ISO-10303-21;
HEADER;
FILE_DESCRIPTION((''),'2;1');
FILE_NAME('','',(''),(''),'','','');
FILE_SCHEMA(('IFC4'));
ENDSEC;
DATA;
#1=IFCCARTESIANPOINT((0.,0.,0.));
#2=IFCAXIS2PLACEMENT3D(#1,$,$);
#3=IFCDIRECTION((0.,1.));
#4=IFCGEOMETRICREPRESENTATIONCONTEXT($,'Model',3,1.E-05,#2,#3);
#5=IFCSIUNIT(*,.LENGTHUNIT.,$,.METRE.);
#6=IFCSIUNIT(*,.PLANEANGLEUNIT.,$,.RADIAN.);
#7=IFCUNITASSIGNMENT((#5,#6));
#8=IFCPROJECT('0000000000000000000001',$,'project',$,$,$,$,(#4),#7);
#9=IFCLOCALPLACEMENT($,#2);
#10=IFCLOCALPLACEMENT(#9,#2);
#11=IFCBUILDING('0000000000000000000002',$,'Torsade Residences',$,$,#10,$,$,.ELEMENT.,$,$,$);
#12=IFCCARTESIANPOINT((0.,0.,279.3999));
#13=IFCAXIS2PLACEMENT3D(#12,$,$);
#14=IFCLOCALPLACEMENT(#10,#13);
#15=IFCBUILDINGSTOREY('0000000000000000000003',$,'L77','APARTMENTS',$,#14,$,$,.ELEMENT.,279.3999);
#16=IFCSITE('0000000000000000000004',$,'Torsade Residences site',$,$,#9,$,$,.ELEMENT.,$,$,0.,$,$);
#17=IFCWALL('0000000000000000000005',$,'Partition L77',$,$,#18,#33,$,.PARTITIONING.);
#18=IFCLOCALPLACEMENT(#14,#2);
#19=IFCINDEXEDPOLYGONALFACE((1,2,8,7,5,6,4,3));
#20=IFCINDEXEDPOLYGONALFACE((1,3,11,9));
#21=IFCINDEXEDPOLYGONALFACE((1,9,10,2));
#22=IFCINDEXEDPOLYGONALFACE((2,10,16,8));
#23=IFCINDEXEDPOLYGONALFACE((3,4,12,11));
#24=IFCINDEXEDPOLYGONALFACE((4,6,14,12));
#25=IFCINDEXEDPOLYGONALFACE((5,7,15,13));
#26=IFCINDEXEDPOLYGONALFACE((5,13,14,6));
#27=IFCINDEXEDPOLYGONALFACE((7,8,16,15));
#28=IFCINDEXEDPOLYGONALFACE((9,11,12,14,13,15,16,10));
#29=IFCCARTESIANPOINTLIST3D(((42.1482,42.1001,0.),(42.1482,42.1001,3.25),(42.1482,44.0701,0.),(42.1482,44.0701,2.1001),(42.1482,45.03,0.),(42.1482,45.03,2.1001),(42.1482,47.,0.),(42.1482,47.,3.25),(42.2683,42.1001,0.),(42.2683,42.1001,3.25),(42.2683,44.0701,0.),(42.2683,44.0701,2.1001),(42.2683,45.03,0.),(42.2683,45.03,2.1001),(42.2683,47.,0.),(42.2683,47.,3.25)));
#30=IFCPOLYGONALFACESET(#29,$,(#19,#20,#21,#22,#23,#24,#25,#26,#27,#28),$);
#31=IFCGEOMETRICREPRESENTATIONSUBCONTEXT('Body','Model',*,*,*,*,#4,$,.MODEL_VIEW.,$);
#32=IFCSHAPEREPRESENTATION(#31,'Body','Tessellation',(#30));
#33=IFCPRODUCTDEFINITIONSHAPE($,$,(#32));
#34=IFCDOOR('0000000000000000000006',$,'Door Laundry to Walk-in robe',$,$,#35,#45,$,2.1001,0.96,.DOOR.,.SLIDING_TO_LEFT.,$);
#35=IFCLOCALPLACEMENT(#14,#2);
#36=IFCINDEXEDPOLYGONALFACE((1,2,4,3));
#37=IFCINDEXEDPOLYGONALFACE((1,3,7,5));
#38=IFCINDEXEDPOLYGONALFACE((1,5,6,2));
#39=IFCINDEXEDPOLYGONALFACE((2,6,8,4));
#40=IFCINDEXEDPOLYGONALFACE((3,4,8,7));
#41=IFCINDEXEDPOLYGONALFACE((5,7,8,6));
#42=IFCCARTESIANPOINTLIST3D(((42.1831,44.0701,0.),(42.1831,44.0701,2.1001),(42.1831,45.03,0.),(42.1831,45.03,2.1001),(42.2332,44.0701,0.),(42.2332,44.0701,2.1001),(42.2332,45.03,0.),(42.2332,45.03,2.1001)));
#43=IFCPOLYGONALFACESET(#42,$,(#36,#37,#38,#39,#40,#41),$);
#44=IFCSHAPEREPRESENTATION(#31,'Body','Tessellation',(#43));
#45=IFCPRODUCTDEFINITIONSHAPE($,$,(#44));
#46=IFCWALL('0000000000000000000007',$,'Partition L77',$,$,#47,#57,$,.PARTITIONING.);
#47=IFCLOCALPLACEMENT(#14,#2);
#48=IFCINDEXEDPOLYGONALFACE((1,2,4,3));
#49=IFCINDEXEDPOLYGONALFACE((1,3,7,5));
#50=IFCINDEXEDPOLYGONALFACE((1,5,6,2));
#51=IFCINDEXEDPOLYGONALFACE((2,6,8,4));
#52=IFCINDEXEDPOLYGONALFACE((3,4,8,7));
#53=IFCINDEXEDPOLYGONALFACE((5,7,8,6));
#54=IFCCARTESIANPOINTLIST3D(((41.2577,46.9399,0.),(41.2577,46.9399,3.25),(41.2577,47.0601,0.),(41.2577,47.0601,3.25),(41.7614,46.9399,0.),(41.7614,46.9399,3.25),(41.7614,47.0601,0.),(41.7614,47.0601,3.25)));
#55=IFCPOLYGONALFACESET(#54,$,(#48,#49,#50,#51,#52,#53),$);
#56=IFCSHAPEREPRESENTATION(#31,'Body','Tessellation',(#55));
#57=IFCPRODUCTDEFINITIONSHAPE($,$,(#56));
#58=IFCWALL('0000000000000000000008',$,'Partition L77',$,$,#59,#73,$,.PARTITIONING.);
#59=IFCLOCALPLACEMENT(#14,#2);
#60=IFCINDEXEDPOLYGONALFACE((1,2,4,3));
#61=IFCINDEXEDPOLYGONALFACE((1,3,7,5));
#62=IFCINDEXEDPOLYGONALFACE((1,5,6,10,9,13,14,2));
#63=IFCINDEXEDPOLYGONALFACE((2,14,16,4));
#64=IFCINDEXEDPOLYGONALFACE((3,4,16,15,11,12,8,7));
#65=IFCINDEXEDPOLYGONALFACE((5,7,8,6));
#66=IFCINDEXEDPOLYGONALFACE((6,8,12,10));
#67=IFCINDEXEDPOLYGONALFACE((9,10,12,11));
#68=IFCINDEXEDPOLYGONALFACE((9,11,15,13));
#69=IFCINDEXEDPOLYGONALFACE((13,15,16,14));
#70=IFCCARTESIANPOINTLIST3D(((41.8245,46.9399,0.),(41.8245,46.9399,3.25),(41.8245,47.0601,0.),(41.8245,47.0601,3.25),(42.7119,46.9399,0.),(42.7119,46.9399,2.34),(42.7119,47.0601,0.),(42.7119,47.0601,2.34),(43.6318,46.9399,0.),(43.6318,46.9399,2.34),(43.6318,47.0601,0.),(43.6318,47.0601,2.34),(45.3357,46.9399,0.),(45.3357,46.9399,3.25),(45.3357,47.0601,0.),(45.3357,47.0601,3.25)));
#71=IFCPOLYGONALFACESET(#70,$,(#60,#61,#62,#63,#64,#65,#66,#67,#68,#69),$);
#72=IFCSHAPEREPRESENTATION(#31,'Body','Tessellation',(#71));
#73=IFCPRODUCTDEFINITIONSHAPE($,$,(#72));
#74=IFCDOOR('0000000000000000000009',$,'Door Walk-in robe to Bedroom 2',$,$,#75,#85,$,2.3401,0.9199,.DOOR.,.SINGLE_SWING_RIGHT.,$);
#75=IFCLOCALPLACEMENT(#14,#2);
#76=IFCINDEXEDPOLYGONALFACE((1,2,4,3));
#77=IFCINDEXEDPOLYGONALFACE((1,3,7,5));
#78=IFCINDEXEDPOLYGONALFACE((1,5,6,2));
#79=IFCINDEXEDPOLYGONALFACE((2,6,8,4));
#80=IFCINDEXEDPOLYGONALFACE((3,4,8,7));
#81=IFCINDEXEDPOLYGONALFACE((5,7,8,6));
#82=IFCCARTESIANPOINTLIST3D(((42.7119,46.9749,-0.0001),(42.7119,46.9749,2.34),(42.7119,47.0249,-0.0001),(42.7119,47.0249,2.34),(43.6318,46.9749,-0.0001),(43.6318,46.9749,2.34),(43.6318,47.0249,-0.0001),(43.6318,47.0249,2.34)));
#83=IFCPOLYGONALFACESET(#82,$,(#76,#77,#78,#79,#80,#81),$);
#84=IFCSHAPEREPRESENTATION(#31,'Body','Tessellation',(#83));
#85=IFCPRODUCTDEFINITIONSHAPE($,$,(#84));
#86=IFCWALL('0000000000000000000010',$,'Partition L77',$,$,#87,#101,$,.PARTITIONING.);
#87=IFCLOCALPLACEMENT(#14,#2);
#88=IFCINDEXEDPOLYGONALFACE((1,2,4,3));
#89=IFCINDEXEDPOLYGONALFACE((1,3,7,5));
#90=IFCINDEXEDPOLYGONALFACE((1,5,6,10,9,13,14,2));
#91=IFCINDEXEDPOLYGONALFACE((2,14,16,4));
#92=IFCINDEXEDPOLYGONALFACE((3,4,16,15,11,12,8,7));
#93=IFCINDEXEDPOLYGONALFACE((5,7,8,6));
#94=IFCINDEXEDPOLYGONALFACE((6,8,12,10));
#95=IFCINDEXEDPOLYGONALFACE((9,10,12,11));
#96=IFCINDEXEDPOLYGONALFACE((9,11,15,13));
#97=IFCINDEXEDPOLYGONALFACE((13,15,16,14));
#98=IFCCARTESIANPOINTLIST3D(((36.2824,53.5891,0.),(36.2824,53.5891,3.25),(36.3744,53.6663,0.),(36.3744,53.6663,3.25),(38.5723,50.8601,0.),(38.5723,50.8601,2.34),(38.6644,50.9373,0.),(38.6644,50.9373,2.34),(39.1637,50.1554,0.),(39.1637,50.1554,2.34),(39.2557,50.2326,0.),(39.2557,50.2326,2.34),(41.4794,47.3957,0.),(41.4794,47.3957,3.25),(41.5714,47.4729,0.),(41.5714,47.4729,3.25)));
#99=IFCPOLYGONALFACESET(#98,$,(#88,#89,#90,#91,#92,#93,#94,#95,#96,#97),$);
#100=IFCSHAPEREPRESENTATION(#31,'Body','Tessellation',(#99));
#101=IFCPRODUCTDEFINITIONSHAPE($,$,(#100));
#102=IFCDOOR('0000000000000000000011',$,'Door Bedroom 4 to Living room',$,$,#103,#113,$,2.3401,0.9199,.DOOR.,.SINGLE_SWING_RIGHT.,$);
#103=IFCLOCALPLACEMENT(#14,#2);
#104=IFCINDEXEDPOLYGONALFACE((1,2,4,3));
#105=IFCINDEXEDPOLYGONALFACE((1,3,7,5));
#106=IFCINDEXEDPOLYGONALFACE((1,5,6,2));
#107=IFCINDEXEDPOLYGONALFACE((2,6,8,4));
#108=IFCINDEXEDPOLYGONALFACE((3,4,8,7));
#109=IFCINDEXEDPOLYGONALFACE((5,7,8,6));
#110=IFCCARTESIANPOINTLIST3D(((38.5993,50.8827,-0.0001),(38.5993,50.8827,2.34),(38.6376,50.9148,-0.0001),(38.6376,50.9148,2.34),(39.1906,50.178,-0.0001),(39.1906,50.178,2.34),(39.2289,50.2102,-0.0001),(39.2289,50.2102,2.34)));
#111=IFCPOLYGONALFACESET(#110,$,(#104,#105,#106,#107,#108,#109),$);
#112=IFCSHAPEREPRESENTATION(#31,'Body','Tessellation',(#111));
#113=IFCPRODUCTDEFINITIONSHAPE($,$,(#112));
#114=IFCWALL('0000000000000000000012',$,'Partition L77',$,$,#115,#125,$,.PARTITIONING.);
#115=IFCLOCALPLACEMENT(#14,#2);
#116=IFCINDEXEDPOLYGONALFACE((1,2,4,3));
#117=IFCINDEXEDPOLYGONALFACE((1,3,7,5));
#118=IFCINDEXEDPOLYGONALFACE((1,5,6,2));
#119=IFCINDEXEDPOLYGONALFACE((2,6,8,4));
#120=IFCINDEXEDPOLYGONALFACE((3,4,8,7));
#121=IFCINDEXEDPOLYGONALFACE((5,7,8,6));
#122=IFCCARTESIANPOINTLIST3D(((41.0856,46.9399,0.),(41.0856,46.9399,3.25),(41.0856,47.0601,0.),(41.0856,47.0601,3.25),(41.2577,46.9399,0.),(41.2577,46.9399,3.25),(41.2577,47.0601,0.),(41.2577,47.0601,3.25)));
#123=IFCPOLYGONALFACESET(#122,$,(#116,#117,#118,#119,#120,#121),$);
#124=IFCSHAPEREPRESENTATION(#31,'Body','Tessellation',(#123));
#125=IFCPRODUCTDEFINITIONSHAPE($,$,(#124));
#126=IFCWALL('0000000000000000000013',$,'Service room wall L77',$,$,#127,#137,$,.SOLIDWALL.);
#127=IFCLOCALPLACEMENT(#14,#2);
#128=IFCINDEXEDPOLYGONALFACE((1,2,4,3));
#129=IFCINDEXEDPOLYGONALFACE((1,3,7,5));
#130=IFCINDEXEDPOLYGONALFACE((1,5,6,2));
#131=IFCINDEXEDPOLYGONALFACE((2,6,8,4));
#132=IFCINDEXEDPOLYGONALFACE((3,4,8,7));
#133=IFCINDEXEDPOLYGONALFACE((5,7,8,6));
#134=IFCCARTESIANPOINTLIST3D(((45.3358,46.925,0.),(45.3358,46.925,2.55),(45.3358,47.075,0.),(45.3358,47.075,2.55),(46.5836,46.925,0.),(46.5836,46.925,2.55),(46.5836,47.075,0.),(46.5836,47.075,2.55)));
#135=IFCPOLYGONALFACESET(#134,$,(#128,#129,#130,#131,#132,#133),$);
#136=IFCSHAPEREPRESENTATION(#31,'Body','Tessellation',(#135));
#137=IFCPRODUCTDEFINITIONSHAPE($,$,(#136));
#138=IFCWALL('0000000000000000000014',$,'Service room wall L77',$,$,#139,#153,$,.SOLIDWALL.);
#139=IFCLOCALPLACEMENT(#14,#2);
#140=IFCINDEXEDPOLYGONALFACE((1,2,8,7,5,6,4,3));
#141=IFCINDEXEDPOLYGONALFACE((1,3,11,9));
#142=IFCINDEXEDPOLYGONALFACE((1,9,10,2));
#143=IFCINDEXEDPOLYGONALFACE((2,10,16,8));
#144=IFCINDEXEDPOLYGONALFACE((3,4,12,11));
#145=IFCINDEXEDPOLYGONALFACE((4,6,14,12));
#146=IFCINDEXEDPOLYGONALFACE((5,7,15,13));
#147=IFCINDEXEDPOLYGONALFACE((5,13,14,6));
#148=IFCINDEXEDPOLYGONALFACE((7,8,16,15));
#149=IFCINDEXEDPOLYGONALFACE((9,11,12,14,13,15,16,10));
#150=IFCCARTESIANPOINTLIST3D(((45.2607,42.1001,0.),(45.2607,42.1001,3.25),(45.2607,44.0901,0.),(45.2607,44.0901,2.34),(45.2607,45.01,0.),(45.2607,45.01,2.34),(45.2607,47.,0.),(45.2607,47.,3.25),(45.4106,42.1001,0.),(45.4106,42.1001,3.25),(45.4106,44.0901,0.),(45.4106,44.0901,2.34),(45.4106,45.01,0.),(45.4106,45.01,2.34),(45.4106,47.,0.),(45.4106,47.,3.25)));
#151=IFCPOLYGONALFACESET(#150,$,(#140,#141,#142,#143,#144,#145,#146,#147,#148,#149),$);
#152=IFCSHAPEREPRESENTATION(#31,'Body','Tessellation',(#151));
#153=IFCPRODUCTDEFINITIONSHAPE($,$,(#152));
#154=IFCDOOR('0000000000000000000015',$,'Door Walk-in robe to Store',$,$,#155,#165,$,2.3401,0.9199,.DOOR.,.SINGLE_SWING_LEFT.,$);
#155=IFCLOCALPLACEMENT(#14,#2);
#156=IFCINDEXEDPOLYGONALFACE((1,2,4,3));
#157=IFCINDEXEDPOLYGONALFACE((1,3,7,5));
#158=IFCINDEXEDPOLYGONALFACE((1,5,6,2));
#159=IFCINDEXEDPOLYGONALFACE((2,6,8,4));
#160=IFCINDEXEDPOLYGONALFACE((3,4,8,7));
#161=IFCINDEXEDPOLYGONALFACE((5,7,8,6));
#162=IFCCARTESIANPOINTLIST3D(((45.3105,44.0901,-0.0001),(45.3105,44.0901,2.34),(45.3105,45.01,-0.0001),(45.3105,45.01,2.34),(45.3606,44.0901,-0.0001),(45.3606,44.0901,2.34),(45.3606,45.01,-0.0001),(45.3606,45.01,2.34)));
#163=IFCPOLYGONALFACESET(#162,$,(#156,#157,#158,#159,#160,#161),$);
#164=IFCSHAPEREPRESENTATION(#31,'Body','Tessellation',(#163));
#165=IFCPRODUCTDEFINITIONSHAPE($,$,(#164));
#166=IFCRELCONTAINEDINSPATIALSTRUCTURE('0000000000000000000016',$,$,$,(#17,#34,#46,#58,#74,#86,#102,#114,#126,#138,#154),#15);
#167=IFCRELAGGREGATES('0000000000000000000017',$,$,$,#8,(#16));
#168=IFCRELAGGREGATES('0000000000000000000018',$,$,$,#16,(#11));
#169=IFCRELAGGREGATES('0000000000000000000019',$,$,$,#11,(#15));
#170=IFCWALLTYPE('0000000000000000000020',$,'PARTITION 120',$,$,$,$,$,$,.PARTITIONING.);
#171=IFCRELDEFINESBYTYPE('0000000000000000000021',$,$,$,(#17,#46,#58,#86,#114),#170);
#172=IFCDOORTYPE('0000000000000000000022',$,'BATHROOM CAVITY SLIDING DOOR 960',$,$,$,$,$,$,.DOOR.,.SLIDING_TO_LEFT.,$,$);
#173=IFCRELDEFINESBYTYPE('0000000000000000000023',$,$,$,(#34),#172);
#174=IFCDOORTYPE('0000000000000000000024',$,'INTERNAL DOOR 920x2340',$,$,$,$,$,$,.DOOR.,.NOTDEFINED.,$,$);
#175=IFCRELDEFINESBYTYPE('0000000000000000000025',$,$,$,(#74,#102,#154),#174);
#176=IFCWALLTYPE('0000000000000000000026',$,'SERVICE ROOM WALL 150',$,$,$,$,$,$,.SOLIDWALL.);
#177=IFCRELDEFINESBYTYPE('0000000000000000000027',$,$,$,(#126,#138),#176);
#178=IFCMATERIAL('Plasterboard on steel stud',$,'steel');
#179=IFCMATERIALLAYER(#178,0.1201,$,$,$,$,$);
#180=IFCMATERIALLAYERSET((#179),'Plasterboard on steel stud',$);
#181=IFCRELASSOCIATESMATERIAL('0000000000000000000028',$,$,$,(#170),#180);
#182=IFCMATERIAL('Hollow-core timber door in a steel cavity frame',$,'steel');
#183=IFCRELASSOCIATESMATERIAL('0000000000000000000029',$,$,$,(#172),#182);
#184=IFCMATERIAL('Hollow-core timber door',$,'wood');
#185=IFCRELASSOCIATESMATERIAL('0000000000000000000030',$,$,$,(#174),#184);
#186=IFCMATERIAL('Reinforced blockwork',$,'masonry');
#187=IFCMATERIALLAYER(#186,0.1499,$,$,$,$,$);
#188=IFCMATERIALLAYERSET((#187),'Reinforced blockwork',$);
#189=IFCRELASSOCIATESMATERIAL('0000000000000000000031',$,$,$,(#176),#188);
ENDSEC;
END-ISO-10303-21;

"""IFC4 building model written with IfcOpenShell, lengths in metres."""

from ifc_helpers import new_model, si_unit, direction, frame, frame_2d, origin, place, context, subcontext, project, spatial, rectangle, extrude, material, layer, layer_set, type_object, element, fill, save


model = new_model("IFC4")

# Units and contexts
model_context = context("Model", 3, precision=1e-05, world=origin(), true_north=direction((0.0, 1.0)))
body_context = subcontext(model_context, "Body", "Model", "MODEL_VIEW")
ifc_project = project(units=[si_unit("LENGTHUNIT", "METRE"), si_unit("PLANEANGLEUNIT", "RADIAN")], contexts=[model_context])

# Site, building, storey
site_placement = place(None, origin())
site = spatial("IfcSite", under=ifc_project, at=site_placement, Name="Torsade Residences site", CompositionType="ELEMENT", RefElevation=0.0)
building_placement = place(site_placement, origin())
building = spatial("IfcBuilding", under=site, at=building_placement, Name="Torsade Residences", CompositionType="ELEMENT")
storey_placement = place(building_placement, frame((0.0, 0.0, 279.3999)))
storey = spatial("IfcBuildingStorey", under=building, at=storey_placement, Name="L77", Description="APARTMENTS", CompositionType="ELEMENT", Elevation=279.3999)

# Wall, opening, door
ifc_material_1 = material(Name="Plasterboard on steel stud", Category="steel")
ifc_layer_1 = layer(ifc_material_1, 0.1201)
ifc_layer_set_1 = layer_set([ifc_layer_1], Name="Plasterboard on steel stud")
wall_type_1 = type_object("IfcWallType", Name="PARTITION 120", PredefinedType="PARTITIONING", material=ifc_layer_set_1)
wall_1_placement = place(storey_placement, frame((42.2083, 47.0, 0.0), z_axis=(0.0, 0.0, 1.0), x_axis=(0.0, -1.0, 0.0)))
wall_1 = element("IfcWall", 1, at=wall_1_placement, inside=storey, type_object=wall_type_1, Name="Partition L77", PredefinedType="PARTITIONING", context=body_context, shape_type="SweptSolid", body=[
    extrude(rectangle(XDim=4.8999, YDim=0.1201, at=frame_2d((2.45, 0.0))), origin(), (0.0, 0.0, 1.0), 3.25),
])
opening_1_placement = place(wall_1_placement, frame((1.97, 0.0, 0.0)))
opening_1 = element("IfcOpeningElement", 2, at=opening_1_placement, cuts=wall_1, PredefinedType="OPENING", context=body_context, shape_type="SweptSolid", body=[
    extrude(rectangle(XDim=0.96, YDim=2.1001, at=frame_2d((0.48, 1.05))), frame((0.0, 0.0701, 0.0), z_axis=(0.0, -1.0, 0.0), x_axis=(1.0, 0.0, 0.0)), (0.0, 0.0, 1.0), 0.1401),
])
ifc_material_2 = material(Name="Hollow-core timber door in a steel cavity frame", Category="steel")
door_type_1 = type_object("IfcDoorType", Name="BATHROOM CAVITY SLIDING DOOR 960", OperationType="SLIDING_TO_LEFT", PredefinedType="DOOR", material=ifc_material_2)
door_1_placement = place(opening_1_placement, origin())
door_1 = element("IfcDoor", 3, at=door_1_placement, inside=storey, type_object=door_type_1, Name="Door Laundry to Walk-in robe", OperationType="SLIDING_TO_LEFT", OverallHeight=2.1001, OverallWidth=0.96, PredefinedType="DOOR", context=body_context, shape_type="SweptSolid", body=[
    extrude(rectangle(XDim=0.96, YDim=2.1001, at=frame_2d((0.48, 1.05))), frame((0.0, 0.0249, 0.0), z_axis=(0.0, -1.0, 0.0), x_axis=(1.0, 0.0, 0.0)), (0.0, 0.0, 1.0), 0.05),
])
fill(opening_1, door_1)

# Wall
wall_2_placement = place(storey_placement, frame((41.2576, 47.0, 0.0), z_axis=(0.0, 0.0, 1.0), x_axis=(1.0, 0.0, 0.0)))
element("IfcWall", 4, at=wall_2_placement, inside=storey, type_object=wall_type_1, Name="Partition L77", PredefinedType="PARTITIONING", context=body_context, shape_type="SweptSolid", body=[
    extrude(rectangle(XDim=0.5037, YDim=0.1201, at=frame_2d((0.252, 0.0))), origin(), (0.0, 0.0, 1.0), 3.25),
])

# Walls, openings, doors
wall_3_placement = place(storey_placement, frame((41.8245, 47.0, 0.0), z_axis=(0.0, 0.0, 1.0), x_axis=(1.0, 0.0, 0.0)))
wall_3 = element("IfcWall", 5, at=wall_3_placement, inside=storey, type_object=wall_type_1, Name="Partition L77", PredefinedType="PARTITIONING", context=body_context, shape_type="SweptSolid", body=[
    extrude(rectangle(XDim=3.5112, YDim=0.1201, at=frame_2d((1.7556, 0.0))), origin(), (0.0, 0.0, 1.0), 3.25),
])
opening_2_placement = place(wall_3_placement, frame((0.8875, 0.0, 0.0)))
opening_2 = element("IfcOpeningElement", 6, at=opening_2_placement, cuts=wall_3, PredefinedType="OPENING", context=body_context, shape_type="SweptSolid", body=[
    extrude(rectangle(XDim=0.9199, YDim=2.3401, at=frame_2d((0.46, 1.1699))), frame((0.0, 0.0701, 0.0), z_axis=(0.0, -1.0, 0.0), x_axis=(1.0, 0.0, 0.0)), (0.0, 0.0, 1.0), 0.1401),
])
ifc_material_3 = material(Name="Hollow-core timber door", Category="wood")
door_type_2 = type_object("IfcDoorType", Name="INTERNAL DOOR 920x2340", OperationType="NOTDEFINED", PredefinedType="DOOR", material=ifc_material_3)
door_2_placement = place(opening_2_placement, origin())
door_2 = element("IfcDoor", 7, at=door_2_placement, inside=storey, type_object=door_type_2, Name="Door Walk-in robe to Bedroom 2", OperationType="SINGLE_SWING_RIGHT", OverallHeight=2.3401, OverallWidth=0.9199, PredefinedType="DOOR", context=body_context, shape_type="SweptSolid", body=[
    extrude(rectangle(XDim=0.9199, YDim=2.3401, at=frame_2d((0.46, 1.1699))), frame((0.0, 0.0249, 0.0), z_axis=(0.0, -1.0, 0.0), x_axis=(1.0, 0.0, 0.0)), (0.0, 0.0, 1.0), 0.05),
])
fill(opening_2, door_2)
wall_4_placement = place(storey_placement, frame((41.5254, 47.4343, 0.0), z_axis=(0.0, 0.0, 1.0), x_axis=(-0.6428, 0.766034, 0.0)))
wall_4 = element("IfcWall", 8, at=wall_4_placement, inside=storey, type_object=wall_type_1, Name="Partition L77", PredefinedType="PARTITIONING", context=body_context, shape_type="SweptSolid", body=[
    extrude(rectangle(XDim=8.085, YDim=0.1201, at=frame_2d((4.0425, 0.0))), origin(), (0.0, 0.0, 1.0), 3.25),
])
opening_3_placement = place(wall_4_placement, frame((3.6025, 0.0, 0.0)))
opening_3 = element("IfcOpeningElement", 9, at=opening_3_placement, cuts=wall_4, PredefinedType="OPENING", context=body_context, shape_type="SweptSolid", body=[
    extrude(rectangle(XDim=0.9199, YDim=2.3401, at=frame_2d((0.46, 1.1699))), frame((0.0, 0.0701, 0.0), z_axis=(0.0, -1.0, 0.0), x_axis=(1.0, 0.0, 0.0)), (0.0, 0.0, 1.0), 0.1401),
])
door_3_placement = place(opening_3_placement, origin())
door_3 = element("IfcDoor", 10, at=door_3_placement, inside=storey, type_object=door_type_2, Name="Door Bedroom 4 to Living room", OperationType="SINGLE_SWING_RIGHT", OverallHeight=2.3401, OverallWidth=0.9199, PredefinedType="DOOR", context=body_context, shape_type="SweptSolid", body=[
    extrude(rectangle(XDim=0.9199, YDim=2.3401, at=frame_2d((0.46, 1.1699))), frame((0.0, 0.0249, 0.0), z_axis=(0.0, -1.0, 0.0), x_axis=(1.0, 0.0, 0.0)), (0.0, 0.0, 1.0), 0.05),
])
fill(opening_3, door_3)

# Walls
wall_5_placement = place(storey_placement, frame((41.2576, 47.0, 0.0), z_axis=(0.0, 0.0, 1.0), x_axis=(-1.0, 0.0, 0.0)))
element("IfcWall", 11, at=wall_5_placement, inside=storey, type_object=wall_type_1, Name="Partition L77", PredefinedType="PARTITIONING", context=body_context, shape_type="SweptSolid", body=[
    extrude(rectangle(XDim=0.1721, YDim=0.1201, at=frame_2d((0.0859, 0.0))), origin(), (0.0, 0.0, 1.0), 3.25),
])
ifc_material_4 = material(Name="Reinforced blockwork", Category="masonry")
ifc_layer_2 = layer(ifc_material_4, 0.1499)
ifc_layer_set_2 = layer_set([ifc_layer_2], Name="Reinforced blockwork")
wall_type_2 = type_object("IfcWallType", Name="SERVICE ROOM WALL 150", PredefinedType="SOLIDWALL", material=ifc_layer_set_2)
wall_6_placement = place(storey_placement, frame((45.3357, 47.0, 0.0), z_axis=(0.0, 0.0, 1.0), x_axis=(1.0, 0.0, 0.0)))
element("IfcWall", 12, at=wall_6_placement, inside=storey, type_object=wall_type_2, Name="Service room wall L77", PredefinedType="SOLIDWALL", context=body_context, shape_type="SweptSolid", body=[
    extrude(rectangle(XDim=1.2478, YDim=0.1499, at=frame_2d((0.624, 0.0))), origin(), (0.0, 0.0, 1.0), 2.55),
])

# Wall, opening, door
wall_7_placement = place(storey_placement, frame((45.3357, 47.0, 0.0), z_axis=(0.0, 0.0, 1.0), x_axis=(0.0, -1.0, 0.0)))
wall_7 = element("IfcWall", 13, at=wall_7_placement, inside=storey, type_object=wall_type_2, Name="Service room wall L77", PredefinedType="SOLIDWALL", context=body_context, shape_type="SweptSolid", body=[
    extrude(rectangle(XDim=4.8999, YDim=0.1499, at=frame_2d((2.45, 0.0))), origin(), (0.0, 0.0, 1.0), 3.25),
])
opening_4_placement = place(wall_7_placement, frame((1.99, 0.0, 0.0)))
opening_4 = element("IfcOpeningElement", 14, at=opening_4_placement, cuts=wall_7, PredefinedType="OPENING", context=body_context, shape_type="SweptSolid", body=[
    extrude(rectangle(XDim=0.9199, YDim=2.3401, at=frame_2d((0.46, 1.1699))), frame((0.0, 0.085, 0.0), z_axis=(0.0, -1.0, 0.0), x_axis=(1.0, 0.0, 0.0)), (0.0, 0.0, 1.0), 0.1699),
])
door_4_placement = place(opening_4_placement, origin())
door_4 = element("IfcDoor", 15, at=door_4_placement, inside=storey, type_object=door_type_2, Name="Door Walk-in robe to Store", OperationType="SINGLE_SWING_LEFT", OverallHeight=2.3401, OverallWidth=0.9199, PredefinedType="DOOR", context=body_context, shape_type="SweptSolid", body=[
    extrude(rectangle(XDim=0.9199, YDim=2.3401, at=frame_2d((0.46, 1.1699))), frame((0.0, 0.0249, 0.0), z_axis=(0.0, -1.0, 0.0), x_axis=(1.0, 0.0, 0.0)), (0.0, 0.0, 1.0), 0.05),
])
fill(opening_4, door_4)

save(model, "model.ifc")
